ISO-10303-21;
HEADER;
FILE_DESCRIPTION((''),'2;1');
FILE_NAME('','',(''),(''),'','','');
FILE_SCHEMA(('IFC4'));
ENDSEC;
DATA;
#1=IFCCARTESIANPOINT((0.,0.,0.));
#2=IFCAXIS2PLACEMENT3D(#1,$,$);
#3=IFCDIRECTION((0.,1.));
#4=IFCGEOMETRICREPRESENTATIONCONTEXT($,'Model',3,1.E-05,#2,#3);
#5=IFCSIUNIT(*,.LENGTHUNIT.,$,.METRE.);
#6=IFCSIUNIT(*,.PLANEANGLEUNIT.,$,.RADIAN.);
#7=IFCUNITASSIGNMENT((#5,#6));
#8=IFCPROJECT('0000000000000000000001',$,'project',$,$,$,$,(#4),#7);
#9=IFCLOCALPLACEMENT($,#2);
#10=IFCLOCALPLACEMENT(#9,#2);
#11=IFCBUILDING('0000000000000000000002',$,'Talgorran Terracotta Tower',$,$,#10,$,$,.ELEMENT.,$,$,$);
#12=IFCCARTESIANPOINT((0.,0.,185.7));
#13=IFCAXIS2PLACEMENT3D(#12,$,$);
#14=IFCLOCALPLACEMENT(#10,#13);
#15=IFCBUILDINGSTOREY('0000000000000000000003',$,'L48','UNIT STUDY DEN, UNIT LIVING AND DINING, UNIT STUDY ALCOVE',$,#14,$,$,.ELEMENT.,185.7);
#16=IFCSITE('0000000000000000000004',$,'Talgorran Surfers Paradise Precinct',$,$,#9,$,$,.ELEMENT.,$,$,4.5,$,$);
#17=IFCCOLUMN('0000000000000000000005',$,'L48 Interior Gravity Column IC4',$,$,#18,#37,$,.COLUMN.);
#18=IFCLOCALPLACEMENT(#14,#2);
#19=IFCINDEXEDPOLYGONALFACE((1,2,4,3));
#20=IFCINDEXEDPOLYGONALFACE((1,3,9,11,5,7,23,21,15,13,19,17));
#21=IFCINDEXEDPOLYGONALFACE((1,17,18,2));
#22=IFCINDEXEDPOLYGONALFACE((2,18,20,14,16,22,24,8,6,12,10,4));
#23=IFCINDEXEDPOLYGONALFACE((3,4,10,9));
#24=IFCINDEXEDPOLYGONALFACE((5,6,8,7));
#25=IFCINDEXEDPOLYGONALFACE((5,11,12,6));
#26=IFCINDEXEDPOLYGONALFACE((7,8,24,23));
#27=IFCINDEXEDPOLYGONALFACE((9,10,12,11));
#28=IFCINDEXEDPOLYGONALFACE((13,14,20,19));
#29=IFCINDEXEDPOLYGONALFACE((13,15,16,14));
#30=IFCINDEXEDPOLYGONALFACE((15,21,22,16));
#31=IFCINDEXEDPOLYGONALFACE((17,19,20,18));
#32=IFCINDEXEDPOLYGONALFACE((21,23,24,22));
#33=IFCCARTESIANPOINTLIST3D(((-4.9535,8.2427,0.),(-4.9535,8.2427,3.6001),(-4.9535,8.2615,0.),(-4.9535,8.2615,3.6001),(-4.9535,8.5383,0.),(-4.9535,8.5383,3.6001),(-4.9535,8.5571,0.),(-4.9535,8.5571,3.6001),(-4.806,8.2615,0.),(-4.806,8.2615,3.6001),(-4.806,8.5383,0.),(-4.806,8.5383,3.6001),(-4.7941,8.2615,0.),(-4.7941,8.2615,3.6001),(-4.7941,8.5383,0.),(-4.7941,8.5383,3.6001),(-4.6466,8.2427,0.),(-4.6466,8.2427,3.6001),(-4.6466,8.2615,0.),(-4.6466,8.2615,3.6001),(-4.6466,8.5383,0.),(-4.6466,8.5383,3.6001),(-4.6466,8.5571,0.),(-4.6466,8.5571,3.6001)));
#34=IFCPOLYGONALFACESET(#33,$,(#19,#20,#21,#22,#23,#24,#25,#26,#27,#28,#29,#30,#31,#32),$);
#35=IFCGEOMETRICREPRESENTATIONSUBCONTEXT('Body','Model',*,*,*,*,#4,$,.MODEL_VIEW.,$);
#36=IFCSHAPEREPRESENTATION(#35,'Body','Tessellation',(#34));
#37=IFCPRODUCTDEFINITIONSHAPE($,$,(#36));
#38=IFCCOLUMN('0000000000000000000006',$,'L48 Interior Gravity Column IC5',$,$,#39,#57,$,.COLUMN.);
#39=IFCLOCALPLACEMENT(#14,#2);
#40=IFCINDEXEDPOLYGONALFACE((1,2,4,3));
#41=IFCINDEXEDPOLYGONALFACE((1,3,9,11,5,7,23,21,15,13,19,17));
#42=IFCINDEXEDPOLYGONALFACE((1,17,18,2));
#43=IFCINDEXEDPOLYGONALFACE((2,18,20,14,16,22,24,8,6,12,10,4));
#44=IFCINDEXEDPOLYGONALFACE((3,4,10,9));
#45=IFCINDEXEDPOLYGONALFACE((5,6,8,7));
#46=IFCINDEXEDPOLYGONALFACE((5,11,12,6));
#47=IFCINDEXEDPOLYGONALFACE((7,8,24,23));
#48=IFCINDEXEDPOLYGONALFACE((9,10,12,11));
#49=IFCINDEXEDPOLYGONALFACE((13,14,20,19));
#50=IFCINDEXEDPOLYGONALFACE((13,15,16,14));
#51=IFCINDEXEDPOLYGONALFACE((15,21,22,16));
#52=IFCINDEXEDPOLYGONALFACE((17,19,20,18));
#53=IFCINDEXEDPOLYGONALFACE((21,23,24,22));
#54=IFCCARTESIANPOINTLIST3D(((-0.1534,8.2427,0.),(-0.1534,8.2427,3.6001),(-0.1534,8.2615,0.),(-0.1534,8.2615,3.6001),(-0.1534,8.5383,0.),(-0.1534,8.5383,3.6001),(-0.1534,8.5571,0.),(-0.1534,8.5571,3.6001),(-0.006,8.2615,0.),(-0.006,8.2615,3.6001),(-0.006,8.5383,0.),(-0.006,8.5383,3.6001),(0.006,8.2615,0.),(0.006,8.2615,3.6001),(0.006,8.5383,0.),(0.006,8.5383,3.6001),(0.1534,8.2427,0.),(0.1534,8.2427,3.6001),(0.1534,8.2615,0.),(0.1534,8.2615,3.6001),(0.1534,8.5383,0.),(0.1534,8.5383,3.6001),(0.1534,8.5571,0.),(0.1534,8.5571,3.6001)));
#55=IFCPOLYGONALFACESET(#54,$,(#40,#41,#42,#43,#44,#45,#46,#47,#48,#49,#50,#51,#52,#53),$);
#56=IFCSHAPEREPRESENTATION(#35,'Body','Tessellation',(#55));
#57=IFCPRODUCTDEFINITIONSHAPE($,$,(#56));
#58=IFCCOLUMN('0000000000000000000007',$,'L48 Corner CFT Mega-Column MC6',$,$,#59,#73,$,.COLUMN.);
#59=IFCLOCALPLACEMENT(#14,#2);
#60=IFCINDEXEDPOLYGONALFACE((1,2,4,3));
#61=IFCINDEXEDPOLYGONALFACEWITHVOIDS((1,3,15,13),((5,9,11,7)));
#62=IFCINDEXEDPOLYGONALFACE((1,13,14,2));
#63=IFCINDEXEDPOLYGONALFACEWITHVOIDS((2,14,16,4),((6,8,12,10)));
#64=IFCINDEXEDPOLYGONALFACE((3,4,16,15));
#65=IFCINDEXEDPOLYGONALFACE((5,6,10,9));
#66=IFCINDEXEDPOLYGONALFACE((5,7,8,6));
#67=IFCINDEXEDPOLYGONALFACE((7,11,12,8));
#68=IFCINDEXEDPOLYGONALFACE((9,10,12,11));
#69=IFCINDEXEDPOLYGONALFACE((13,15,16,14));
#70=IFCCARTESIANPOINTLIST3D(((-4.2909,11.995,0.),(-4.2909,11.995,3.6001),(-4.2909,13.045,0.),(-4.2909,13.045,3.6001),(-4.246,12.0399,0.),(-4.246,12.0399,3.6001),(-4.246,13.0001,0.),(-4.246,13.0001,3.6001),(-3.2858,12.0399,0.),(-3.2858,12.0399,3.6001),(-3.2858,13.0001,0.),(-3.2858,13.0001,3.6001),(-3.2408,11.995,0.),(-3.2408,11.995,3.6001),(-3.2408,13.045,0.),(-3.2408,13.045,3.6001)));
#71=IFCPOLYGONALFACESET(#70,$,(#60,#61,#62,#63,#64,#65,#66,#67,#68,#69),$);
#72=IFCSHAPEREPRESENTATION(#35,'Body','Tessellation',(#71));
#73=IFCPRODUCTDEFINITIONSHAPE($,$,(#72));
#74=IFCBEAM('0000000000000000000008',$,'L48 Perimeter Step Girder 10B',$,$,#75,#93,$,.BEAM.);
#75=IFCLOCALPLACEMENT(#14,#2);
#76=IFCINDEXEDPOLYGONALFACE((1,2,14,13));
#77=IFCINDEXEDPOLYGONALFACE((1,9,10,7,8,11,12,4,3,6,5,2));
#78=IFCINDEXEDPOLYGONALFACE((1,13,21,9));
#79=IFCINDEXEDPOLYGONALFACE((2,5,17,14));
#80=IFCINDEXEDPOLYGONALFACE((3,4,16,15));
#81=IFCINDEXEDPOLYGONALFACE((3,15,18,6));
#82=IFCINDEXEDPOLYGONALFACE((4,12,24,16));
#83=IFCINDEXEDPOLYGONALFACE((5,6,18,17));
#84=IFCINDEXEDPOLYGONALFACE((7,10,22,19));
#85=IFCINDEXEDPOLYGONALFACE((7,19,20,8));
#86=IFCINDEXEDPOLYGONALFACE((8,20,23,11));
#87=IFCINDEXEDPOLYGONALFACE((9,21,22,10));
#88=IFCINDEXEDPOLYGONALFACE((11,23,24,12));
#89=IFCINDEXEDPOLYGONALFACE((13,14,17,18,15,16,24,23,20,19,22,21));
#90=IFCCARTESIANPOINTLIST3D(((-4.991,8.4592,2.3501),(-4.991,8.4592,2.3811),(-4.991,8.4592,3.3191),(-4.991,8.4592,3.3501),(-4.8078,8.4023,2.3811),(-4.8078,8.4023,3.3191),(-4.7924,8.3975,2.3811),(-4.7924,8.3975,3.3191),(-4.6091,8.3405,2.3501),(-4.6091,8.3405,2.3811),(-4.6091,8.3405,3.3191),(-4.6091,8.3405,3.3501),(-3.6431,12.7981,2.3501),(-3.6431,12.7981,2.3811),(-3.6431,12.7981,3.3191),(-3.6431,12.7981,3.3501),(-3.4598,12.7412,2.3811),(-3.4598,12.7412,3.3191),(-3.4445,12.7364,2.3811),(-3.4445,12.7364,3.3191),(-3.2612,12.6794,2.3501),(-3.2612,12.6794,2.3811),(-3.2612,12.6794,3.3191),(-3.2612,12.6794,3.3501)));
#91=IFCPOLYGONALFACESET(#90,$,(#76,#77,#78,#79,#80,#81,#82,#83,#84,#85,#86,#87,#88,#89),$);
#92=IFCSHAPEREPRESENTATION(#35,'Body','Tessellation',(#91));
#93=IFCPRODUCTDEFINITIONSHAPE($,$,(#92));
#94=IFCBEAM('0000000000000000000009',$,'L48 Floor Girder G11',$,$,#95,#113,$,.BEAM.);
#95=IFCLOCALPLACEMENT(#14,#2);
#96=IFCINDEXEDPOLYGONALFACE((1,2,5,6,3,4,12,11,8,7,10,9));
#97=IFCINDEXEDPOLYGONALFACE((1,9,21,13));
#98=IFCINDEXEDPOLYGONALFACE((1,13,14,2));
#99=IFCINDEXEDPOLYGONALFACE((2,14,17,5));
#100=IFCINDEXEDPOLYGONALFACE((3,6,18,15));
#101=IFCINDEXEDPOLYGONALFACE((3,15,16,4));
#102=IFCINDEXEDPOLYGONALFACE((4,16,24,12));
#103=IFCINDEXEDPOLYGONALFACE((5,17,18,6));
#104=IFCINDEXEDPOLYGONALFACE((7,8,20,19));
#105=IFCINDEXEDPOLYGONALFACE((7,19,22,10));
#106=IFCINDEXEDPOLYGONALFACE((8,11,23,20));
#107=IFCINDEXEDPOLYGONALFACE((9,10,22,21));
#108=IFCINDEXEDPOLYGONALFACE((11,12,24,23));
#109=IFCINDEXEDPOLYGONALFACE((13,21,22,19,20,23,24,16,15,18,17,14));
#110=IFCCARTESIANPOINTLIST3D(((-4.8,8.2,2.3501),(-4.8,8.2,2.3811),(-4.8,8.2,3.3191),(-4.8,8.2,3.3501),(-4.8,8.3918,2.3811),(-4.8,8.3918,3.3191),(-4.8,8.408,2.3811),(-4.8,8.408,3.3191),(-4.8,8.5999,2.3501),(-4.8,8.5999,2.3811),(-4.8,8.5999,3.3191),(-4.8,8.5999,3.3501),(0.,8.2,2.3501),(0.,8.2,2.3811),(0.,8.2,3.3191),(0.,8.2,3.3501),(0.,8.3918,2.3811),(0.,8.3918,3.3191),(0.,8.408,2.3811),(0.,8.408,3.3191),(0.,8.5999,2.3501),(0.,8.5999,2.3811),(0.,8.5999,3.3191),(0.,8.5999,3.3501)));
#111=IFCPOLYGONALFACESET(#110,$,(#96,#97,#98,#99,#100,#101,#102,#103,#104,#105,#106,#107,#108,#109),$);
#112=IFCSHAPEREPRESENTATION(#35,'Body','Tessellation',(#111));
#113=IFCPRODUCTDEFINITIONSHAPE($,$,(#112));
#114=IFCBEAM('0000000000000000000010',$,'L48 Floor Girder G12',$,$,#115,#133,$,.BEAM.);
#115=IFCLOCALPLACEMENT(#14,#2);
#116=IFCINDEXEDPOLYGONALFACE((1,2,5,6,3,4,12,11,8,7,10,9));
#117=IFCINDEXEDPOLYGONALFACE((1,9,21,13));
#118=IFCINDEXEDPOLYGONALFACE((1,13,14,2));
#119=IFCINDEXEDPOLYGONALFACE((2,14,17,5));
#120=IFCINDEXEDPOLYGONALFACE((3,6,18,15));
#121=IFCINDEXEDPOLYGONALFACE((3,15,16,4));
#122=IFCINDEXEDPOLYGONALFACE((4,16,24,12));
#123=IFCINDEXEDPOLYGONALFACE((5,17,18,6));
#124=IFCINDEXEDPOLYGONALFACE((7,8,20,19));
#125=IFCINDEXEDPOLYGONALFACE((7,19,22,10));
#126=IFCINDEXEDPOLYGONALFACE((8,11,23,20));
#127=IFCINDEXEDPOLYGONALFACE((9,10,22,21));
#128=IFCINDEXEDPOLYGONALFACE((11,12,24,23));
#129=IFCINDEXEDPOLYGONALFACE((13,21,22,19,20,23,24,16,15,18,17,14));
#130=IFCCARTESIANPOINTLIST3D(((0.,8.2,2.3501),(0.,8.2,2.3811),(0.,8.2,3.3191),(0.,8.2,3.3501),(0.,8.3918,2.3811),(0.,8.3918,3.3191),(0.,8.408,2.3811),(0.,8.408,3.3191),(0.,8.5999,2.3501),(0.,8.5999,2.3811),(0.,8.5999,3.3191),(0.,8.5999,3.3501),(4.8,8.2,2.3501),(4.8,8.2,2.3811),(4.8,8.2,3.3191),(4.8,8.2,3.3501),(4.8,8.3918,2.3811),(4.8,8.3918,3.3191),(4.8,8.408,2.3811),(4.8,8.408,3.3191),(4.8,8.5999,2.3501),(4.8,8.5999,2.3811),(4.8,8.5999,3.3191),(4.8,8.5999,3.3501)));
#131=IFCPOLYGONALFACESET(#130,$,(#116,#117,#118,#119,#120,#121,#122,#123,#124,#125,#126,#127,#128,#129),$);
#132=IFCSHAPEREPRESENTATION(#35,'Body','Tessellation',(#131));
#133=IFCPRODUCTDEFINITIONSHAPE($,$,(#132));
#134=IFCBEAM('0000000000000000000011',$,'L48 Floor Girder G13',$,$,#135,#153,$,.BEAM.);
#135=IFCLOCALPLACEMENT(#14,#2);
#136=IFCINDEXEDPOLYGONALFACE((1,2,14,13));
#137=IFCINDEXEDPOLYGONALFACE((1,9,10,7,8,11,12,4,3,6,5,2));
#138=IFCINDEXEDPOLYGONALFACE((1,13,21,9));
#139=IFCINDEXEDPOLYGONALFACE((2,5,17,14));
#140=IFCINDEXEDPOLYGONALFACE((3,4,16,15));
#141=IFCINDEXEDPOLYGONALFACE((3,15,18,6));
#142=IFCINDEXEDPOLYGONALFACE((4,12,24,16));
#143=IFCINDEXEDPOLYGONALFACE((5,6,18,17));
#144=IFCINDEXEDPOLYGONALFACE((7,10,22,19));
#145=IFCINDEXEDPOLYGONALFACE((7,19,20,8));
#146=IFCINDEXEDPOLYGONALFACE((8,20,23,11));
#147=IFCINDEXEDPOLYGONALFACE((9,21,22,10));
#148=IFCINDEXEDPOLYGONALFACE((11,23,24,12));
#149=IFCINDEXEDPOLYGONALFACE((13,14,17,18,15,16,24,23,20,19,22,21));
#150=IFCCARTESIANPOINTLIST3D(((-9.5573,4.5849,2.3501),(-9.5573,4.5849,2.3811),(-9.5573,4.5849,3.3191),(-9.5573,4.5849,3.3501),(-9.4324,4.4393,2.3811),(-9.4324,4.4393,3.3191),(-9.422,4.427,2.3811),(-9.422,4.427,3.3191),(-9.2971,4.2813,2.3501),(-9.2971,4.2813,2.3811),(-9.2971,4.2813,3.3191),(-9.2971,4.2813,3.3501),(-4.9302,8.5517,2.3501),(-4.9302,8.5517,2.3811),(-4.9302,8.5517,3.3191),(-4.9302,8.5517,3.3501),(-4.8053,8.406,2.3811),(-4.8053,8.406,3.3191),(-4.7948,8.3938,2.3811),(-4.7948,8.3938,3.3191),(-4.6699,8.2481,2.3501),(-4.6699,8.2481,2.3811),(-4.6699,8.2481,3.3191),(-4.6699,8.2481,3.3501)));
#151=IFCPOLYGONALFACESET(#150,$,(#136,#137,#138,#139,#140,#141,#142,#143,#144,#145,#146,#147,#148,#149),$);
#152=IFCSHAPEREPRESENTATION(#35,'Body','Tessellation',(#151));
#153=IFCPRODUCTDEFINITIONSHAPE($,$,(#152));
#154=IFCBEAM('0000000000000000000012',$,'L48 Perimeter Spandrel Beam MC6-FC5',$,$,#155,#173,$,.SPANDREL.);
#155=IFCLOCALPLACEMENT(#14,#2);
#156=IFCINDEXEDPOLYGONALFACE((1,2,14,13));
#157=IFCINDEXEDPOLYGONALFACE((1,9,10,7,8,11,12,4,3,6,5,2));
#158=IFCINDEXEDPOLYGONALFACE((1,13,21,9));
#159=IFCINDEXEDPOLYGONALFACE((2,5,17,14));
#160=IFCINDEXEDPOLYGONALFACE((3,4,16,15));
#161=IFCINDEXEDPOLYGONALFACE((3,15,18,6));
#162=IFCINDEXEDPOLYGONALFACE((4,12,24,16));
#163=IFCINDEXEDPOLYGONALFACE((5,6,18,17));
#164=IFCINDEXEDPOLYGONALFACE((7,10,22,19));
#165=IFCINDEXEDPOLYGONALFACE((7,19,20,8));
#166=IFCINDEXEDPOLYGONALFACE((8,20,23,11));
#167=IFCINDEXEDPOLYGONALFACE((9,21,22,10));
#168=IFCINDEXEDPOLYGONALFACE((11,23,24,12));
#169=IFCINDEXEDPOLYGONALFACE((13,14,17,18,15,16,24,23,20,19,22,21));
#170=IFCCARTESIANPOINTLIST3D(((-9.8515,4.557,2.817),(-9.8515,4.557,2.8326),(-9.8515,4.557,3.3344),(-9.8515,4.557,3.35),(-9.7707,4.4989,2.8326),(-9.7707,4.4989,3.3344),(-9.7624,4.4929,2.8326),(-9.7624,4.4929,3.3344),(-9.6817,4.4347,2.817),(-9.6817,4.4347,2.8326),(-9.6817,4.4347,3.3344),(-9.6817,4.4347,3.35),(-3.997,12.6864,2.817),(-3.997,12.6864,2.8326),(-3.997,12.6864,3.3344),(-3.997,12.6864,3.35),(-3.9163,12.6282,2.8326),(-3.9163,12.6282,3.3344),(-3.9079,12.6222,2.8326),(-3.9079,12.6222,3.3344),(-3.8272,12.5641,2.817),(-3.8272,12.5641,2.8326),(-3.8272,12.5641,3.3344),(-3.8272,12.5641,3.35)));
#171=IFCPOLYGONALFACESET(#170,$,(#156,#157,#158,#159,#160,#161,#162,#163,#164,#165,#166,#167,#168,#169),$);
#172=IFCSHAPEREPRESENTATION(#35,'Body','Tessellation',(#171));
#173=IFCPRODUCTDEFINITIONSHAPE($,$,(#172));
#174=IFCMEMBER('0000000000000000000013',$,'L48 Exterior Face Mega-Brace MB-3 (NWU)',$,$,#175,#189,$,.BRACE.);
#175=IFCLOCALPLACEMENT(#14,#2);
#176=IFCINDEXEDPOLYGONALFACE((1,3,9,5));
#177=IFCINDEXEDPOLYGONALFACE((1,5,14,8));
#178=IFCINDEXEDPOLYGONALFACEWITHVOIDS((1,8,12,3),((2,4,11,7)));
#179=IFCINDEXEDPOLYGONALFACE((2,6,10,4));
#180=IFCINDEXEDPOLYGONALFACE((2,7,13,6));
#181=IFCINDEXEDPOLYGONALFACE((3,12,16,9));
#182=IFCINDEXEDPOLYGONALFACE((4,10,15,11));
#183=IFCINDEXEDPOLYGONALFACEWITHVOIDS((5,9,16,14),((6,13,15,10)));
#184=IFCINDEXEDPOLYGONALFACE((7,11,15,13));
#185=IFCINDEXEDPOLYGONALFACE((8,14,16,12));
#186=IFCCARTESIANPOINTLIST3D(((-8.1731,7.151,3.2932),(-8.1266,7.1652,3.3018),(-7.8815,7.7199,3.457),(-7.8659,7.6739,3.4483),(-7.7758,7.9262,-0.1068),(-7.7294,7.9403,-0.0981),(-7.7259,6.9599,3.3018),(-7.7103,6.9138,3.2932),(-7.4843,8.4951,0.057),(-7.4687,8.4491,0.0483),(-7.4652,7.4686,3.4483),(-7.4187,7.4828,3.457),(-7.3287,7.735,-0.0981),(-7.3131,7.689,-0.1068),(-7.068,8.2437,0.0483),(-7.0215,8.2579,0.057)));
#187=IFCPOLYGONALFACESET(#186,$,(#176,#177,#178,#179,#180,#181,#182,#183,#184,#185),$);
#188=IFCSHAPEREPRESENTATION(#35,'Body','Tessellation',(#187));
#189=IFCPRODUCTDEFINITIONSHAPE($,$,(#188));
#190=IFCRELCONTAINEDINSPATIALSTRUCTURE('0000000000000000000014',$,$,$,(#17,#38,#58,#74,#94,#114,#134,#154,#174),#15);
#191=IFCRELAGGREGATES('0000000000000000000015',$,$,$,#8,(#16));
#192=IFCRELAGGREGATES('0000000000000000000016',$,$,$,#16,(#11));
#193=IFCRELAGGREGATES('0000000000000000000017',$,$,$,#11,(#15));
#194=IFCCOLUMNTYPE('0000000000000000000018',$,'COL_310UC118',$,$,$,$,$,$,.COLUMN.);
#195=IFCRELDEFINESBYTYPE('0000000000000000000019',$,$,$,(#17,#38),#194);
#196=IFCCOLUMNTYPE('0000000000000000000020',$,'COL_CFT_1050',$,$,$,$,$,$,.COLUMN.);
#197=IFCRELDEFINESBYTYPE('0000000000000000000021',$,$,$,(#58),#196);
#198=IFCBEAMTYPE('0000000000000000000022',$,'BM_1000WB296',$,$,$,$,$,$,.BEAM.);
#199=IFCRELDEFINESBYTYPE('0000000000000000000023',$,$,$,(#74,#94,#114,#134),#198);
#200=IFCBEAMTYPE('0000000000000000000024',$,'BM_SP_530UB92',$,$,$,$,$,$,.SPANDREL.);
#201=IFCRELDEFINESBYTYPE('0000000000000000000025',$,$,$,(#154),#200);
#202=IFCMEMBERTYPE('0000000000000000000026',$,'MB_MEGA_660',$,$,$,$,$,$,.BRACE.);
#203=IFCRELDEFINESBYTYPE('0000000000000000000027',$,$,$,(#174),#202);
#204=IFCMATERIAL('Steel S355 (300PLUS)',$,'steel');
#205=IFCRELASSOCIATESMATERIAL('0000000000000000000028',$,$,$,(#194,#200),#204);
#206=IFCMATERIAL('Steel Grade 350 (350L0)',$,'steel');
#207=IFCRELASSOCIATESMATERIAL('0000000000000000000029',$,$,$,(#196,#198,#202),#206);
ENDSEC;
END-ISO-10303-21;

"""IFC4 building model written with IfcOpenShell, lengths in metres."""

from ifc_helpers import new_model, si_unit, direction, frame, origin, origin_2d, place, context, subcontext, project, spatial, hollow_rectangle, i_section, extrude, material, material_profile, profile_set, type_object, element, save


model = new_model("IFC4")

# Units and contexts
model_context = context("Model", 3, precision=1e-05, world=origin(), true_north=direction((0.0, 1.0)))
body_context = subcontext(model_context, "Body", "Model", "MODEL_VIEW")
ifc_project = project(units=[si_unit("LENGTHUNIT", "METRE"), si_unit("PLANEANGLEUNIT", "RADIAN")], contexts=[model_context])

# Site, building, storey
site_placement = place(None, origin())
site = spatial("IfcSite", under=ifc_project, at=site_placement, Name="Talgorran Surfers Paradise Precinct", CompositionType="ELEMENT", RefElevation=4.5)
building_placement = place(site_placement, origin())
building = spatial("IfcBuilding", under=site, at=building_placement, Name="Talgorran Terracotta Tower", CompositionType="ELEMENT")
storey_placement = place(building_placement, frame((0.0, 0.0, 185.7)))
storey = spatial("IfcBuildingStorey", under=building, at=storey_placement, Name="L48", Description="UNIT STUDY DEN, UNIT LIVING AND DINING, UNIT STUDY ALCOVE", CompositionType="ELEMENT", Elevation=185.7)

# Columns
ifc_material_1 = material(Name="Steel S355 (300PLUS)", Category="steel")
ifc_material_profile_1 = material_profile(ifc_material_1, i_section(OverallWidth=0.3069, OverallDepth=0.3145, WebThickness=0.012, FlangeThickness=0.0188, at=origin_2d()), Name="310UC118")
ifc_profile_set_1 = profile_set([ifc_material_profile_1], Name="Steel S355 (300PLUS)")
column_type_1 = type_object("IfcColumnType", Name="COL_310UC118", PredefinedType="COLUMN", material=ifc_profile_set_1)
for number, where, z_axis, x_axis, name in (
    (1, (-4.8, 8.3999, 0.0), (0.0, 0.0, 1.0), (1.0, 0.0, 0.0), "L48 Interior Gravity Column IC4"),
    (2, (0.0, 8.3999, 0.0), (0.0, 0.0, 1.0), (1.0, 0.0, 0.0), "L48 Interior Gravity Column IC5"),
):
    element("IfcColumn", number, at=place(storey_placement, frame(where, z_axis=z_axis, x_axis=x_axis)), inside=storey, type_object=column_type_1, Name=name, PredefinedType="COLUMN", context=body_context, shape_type="SweptSolid", body=[
        extrude(i_section(OverallWidth=0.3069, OverallDepth=0.3145, WebThickness=0.012, FlangeThickness=0.0188, at=origin_2d()), origin(), (0.0, 0.0, 1.0), 3.6001),
    ])
ifc_material_2 = material(Name="Steel Grade 350 (350L0)", Category="steel")
ifc_material_profile_2 = material_profile(ifc_material_2, hollow_rectangle(XDim=1.05, YDim=1.05, WallThickness=0.0449, at=origin_2d()), Name="CFT1050X1050X45")
ifc_profile_set_2 = profile_set([ifc_material_profile_2], Name="Steel Grade 350 (350L0)")
column_type_2 = type_object("IfcColumnType", Name="COL_CFT_1050", PredefinedType="COLUMN", material=ifc_profile_set_2)
column_placement = place(storey_placement, frame((-3.7659, 12.52, 0.0), z_axis=(0.0, 0.0, 1.0), x_axis=(1.0, 0.0, 0.0)))
element("IfcColumn", 3, at=column_placement, inside=storey, type_object=column_type_2, Name="L48 Corner CFT Mega-Column MC6", PredefinedType="COLUMN", context=body_context, shape_type="SweptSolid", body=[
    extrude(hollow_rectangle(XDim=1.05, YDim=1.05, WallThickness=0.0449, at=origin_2d()), origin(), (0.0, 0.0, 1.0), 3.6001),
])

# Beams
ifc_material_profile_3 = material_profile(ifc_material_2, i_section(OverallWidth=0.3999, OverallDepth=1.0, WebThickness=0.0161, FlangeThickness=0.031, at=origin_2d()), Name="1000WB296")
ifc_profile_set_3 = profile_set([ifc_material_profile_3], Name="Steel Grade 350 (350L0)")
beam_type_1 = type_object("IfcBeamType", Name="BM_1000WB296", PredefinedType="BEAM", material=ifc_profile_set_3)
beam_1_placement = place(storey_placement, frame((-3.4521, 12.7388, 2.8501), z_axis=(-0.296671, -0.95498, 0.0), x_axis=(0.95498, -0.296671, 0.0)))
element("IfcBeam", 4, at=beam_1_placement, inside=storey, type_object=beam_type_1, Name="L48 Perimeter Step Girder 10B", PredefinedType="BEAM", context=body_context, shape_type="SweptSolid", body=[
    extrude(i_section(OverallWidth=0.3999, OverallDepth=1.0, WebThickness=0.0161, FlangeThickness=0.031, at=origin_2d()), origin(), (0.0, 0.0, 1.0), 4.5435),
])
for number, where, z_axis, x_axis, name in (
    (5, (-4.8, 8.3999, 2.8501), (1.0, 0.0, 0.0), (0.0, 1.0, 0.0), "L48 Floor Girder G11"),
    (6, (0.0, 8.3999, 2.8501), (1.0, 0.0, 0.0), (0.0, 1.0, 0.0), "L48 Floor Girder G12"),
):
    element("IfcBeam", number, at=place(storey_placement, frame(where, z_axis=z_axis, x_axis=x_axis)), inside=storey, type_object=beam_type_1, Name=name, PredefinedType="BEAM", context=body_context, shape_type="SweptSolid", body=[
        extrude(i_section(OverallWidth=0.3999, OverallDepth=1.0, WebThickness=0.0161, FlangeThickness=0.031, at=origin_2d()), origin(), (0.0, 0.0, 1.0), 4.8),
    ])
beam_2_placement = place(storey_placement, frame((-4.8, 8.3999, 2.8501), z_axis=(-0.759206, -0.650851, 0.0), x_axis=(0.650851, -0.759206, 0.0)))
element("IfcBeam", 7, at=beam_2_placement, inside=storey, type_object=beam_type_1, Name="L48 Floor Girder G13", PredefinedType="BEAM", context=body_context, shape_type="SweptSolid", body=[
    extrude(i_section(OverallWidth=0.3999, OverallDepth=1.0, WebThickness=0.0161, FlangeThickness=0.031, at=origin_2d()), origin(), (0.0, 0.0, 1.0), 6.0947),
])
ifc_material_profile_4 = material_profile(ifc_material_1, i_section(OverallWidth=0.2092, OverallDepth=0.533, WebThickness=0.0103, FlangeThickness=0.0156, at=origin_2d()), Name="530UB92.4")
ifc_profile_set_4 = profile_set([ifc_material_profile_4], Name="Steel S355 (300PLUS)")
beam_type_2 = type_object("IfcBeamType", Name="BM_SP_530UB92", PredefinedType="SPANDREL", material=ifc_profile_set_4)
beam_3_placement = place(storey_placement, frame((-3.9121, 12.6252, 3.0835), z_axis=(-0.584392, -0.811471, 0.0), x_axis=(0.811471, -0.584392, 0.0)))
element("IfcBeam", 8, at=beam_3_placement, inside=storey, type_object=beam_type_2, Name="L48 Perimeter Spandrel Beam MC6-FC5", PredefinedType="SPANDREL", context=body_context, shape_type="SweptSolid", body=[
    extrude(i_section(OverallWidth=0.2092, OverallDepth=0.533, WebThickness=0.0103, FlangeThickness=0.0156, at=origin_2d()), origin(), (0.0, 0.0, 1.0), 10.0181),
])

# Member
ifc_material_profile_5 = material_profile(ifc_material_2, hollow_rectangle(XDim=0.52, YDim=0.6599, WallThickness=0.0349, at=origin_2d()), Name="WBOX660X520X35")
ifc_profile_set_5 = profile_set([ifc_material_profile_5], Name="Steel Grade 350 (350L0)")
member_type_1 = type_object("IfcMemberType", Name="MB_MEGA_660", PredefinedType="BRACE", material=ifc_profile_set_5)
member_1_placement = place(storey_placement, frame((-7.3987, 8.092, -0.0249), z_axis=(-0.113177, -0.220859, 0.968717), x_axis=(0.889955, -0.456049, 0.0)))
element("IfcMember", 9, at=member_1_placement, inside=storey, type_object=member_type_1, Name="L48 Exterior Face Mega-Brace MB-3 (NWU)", PredefinedType="BRACE", context=body_context, shape_type="SweptSolid", body=[
    extrude(hollow_rectangle(XDim=0.52, YDim=0.6599, WallThickness=0.0349, at=origin_2d()), origin(), (0.0, 0.0, 1.0), 3.5098),
])

save(model, "model.ifc")
